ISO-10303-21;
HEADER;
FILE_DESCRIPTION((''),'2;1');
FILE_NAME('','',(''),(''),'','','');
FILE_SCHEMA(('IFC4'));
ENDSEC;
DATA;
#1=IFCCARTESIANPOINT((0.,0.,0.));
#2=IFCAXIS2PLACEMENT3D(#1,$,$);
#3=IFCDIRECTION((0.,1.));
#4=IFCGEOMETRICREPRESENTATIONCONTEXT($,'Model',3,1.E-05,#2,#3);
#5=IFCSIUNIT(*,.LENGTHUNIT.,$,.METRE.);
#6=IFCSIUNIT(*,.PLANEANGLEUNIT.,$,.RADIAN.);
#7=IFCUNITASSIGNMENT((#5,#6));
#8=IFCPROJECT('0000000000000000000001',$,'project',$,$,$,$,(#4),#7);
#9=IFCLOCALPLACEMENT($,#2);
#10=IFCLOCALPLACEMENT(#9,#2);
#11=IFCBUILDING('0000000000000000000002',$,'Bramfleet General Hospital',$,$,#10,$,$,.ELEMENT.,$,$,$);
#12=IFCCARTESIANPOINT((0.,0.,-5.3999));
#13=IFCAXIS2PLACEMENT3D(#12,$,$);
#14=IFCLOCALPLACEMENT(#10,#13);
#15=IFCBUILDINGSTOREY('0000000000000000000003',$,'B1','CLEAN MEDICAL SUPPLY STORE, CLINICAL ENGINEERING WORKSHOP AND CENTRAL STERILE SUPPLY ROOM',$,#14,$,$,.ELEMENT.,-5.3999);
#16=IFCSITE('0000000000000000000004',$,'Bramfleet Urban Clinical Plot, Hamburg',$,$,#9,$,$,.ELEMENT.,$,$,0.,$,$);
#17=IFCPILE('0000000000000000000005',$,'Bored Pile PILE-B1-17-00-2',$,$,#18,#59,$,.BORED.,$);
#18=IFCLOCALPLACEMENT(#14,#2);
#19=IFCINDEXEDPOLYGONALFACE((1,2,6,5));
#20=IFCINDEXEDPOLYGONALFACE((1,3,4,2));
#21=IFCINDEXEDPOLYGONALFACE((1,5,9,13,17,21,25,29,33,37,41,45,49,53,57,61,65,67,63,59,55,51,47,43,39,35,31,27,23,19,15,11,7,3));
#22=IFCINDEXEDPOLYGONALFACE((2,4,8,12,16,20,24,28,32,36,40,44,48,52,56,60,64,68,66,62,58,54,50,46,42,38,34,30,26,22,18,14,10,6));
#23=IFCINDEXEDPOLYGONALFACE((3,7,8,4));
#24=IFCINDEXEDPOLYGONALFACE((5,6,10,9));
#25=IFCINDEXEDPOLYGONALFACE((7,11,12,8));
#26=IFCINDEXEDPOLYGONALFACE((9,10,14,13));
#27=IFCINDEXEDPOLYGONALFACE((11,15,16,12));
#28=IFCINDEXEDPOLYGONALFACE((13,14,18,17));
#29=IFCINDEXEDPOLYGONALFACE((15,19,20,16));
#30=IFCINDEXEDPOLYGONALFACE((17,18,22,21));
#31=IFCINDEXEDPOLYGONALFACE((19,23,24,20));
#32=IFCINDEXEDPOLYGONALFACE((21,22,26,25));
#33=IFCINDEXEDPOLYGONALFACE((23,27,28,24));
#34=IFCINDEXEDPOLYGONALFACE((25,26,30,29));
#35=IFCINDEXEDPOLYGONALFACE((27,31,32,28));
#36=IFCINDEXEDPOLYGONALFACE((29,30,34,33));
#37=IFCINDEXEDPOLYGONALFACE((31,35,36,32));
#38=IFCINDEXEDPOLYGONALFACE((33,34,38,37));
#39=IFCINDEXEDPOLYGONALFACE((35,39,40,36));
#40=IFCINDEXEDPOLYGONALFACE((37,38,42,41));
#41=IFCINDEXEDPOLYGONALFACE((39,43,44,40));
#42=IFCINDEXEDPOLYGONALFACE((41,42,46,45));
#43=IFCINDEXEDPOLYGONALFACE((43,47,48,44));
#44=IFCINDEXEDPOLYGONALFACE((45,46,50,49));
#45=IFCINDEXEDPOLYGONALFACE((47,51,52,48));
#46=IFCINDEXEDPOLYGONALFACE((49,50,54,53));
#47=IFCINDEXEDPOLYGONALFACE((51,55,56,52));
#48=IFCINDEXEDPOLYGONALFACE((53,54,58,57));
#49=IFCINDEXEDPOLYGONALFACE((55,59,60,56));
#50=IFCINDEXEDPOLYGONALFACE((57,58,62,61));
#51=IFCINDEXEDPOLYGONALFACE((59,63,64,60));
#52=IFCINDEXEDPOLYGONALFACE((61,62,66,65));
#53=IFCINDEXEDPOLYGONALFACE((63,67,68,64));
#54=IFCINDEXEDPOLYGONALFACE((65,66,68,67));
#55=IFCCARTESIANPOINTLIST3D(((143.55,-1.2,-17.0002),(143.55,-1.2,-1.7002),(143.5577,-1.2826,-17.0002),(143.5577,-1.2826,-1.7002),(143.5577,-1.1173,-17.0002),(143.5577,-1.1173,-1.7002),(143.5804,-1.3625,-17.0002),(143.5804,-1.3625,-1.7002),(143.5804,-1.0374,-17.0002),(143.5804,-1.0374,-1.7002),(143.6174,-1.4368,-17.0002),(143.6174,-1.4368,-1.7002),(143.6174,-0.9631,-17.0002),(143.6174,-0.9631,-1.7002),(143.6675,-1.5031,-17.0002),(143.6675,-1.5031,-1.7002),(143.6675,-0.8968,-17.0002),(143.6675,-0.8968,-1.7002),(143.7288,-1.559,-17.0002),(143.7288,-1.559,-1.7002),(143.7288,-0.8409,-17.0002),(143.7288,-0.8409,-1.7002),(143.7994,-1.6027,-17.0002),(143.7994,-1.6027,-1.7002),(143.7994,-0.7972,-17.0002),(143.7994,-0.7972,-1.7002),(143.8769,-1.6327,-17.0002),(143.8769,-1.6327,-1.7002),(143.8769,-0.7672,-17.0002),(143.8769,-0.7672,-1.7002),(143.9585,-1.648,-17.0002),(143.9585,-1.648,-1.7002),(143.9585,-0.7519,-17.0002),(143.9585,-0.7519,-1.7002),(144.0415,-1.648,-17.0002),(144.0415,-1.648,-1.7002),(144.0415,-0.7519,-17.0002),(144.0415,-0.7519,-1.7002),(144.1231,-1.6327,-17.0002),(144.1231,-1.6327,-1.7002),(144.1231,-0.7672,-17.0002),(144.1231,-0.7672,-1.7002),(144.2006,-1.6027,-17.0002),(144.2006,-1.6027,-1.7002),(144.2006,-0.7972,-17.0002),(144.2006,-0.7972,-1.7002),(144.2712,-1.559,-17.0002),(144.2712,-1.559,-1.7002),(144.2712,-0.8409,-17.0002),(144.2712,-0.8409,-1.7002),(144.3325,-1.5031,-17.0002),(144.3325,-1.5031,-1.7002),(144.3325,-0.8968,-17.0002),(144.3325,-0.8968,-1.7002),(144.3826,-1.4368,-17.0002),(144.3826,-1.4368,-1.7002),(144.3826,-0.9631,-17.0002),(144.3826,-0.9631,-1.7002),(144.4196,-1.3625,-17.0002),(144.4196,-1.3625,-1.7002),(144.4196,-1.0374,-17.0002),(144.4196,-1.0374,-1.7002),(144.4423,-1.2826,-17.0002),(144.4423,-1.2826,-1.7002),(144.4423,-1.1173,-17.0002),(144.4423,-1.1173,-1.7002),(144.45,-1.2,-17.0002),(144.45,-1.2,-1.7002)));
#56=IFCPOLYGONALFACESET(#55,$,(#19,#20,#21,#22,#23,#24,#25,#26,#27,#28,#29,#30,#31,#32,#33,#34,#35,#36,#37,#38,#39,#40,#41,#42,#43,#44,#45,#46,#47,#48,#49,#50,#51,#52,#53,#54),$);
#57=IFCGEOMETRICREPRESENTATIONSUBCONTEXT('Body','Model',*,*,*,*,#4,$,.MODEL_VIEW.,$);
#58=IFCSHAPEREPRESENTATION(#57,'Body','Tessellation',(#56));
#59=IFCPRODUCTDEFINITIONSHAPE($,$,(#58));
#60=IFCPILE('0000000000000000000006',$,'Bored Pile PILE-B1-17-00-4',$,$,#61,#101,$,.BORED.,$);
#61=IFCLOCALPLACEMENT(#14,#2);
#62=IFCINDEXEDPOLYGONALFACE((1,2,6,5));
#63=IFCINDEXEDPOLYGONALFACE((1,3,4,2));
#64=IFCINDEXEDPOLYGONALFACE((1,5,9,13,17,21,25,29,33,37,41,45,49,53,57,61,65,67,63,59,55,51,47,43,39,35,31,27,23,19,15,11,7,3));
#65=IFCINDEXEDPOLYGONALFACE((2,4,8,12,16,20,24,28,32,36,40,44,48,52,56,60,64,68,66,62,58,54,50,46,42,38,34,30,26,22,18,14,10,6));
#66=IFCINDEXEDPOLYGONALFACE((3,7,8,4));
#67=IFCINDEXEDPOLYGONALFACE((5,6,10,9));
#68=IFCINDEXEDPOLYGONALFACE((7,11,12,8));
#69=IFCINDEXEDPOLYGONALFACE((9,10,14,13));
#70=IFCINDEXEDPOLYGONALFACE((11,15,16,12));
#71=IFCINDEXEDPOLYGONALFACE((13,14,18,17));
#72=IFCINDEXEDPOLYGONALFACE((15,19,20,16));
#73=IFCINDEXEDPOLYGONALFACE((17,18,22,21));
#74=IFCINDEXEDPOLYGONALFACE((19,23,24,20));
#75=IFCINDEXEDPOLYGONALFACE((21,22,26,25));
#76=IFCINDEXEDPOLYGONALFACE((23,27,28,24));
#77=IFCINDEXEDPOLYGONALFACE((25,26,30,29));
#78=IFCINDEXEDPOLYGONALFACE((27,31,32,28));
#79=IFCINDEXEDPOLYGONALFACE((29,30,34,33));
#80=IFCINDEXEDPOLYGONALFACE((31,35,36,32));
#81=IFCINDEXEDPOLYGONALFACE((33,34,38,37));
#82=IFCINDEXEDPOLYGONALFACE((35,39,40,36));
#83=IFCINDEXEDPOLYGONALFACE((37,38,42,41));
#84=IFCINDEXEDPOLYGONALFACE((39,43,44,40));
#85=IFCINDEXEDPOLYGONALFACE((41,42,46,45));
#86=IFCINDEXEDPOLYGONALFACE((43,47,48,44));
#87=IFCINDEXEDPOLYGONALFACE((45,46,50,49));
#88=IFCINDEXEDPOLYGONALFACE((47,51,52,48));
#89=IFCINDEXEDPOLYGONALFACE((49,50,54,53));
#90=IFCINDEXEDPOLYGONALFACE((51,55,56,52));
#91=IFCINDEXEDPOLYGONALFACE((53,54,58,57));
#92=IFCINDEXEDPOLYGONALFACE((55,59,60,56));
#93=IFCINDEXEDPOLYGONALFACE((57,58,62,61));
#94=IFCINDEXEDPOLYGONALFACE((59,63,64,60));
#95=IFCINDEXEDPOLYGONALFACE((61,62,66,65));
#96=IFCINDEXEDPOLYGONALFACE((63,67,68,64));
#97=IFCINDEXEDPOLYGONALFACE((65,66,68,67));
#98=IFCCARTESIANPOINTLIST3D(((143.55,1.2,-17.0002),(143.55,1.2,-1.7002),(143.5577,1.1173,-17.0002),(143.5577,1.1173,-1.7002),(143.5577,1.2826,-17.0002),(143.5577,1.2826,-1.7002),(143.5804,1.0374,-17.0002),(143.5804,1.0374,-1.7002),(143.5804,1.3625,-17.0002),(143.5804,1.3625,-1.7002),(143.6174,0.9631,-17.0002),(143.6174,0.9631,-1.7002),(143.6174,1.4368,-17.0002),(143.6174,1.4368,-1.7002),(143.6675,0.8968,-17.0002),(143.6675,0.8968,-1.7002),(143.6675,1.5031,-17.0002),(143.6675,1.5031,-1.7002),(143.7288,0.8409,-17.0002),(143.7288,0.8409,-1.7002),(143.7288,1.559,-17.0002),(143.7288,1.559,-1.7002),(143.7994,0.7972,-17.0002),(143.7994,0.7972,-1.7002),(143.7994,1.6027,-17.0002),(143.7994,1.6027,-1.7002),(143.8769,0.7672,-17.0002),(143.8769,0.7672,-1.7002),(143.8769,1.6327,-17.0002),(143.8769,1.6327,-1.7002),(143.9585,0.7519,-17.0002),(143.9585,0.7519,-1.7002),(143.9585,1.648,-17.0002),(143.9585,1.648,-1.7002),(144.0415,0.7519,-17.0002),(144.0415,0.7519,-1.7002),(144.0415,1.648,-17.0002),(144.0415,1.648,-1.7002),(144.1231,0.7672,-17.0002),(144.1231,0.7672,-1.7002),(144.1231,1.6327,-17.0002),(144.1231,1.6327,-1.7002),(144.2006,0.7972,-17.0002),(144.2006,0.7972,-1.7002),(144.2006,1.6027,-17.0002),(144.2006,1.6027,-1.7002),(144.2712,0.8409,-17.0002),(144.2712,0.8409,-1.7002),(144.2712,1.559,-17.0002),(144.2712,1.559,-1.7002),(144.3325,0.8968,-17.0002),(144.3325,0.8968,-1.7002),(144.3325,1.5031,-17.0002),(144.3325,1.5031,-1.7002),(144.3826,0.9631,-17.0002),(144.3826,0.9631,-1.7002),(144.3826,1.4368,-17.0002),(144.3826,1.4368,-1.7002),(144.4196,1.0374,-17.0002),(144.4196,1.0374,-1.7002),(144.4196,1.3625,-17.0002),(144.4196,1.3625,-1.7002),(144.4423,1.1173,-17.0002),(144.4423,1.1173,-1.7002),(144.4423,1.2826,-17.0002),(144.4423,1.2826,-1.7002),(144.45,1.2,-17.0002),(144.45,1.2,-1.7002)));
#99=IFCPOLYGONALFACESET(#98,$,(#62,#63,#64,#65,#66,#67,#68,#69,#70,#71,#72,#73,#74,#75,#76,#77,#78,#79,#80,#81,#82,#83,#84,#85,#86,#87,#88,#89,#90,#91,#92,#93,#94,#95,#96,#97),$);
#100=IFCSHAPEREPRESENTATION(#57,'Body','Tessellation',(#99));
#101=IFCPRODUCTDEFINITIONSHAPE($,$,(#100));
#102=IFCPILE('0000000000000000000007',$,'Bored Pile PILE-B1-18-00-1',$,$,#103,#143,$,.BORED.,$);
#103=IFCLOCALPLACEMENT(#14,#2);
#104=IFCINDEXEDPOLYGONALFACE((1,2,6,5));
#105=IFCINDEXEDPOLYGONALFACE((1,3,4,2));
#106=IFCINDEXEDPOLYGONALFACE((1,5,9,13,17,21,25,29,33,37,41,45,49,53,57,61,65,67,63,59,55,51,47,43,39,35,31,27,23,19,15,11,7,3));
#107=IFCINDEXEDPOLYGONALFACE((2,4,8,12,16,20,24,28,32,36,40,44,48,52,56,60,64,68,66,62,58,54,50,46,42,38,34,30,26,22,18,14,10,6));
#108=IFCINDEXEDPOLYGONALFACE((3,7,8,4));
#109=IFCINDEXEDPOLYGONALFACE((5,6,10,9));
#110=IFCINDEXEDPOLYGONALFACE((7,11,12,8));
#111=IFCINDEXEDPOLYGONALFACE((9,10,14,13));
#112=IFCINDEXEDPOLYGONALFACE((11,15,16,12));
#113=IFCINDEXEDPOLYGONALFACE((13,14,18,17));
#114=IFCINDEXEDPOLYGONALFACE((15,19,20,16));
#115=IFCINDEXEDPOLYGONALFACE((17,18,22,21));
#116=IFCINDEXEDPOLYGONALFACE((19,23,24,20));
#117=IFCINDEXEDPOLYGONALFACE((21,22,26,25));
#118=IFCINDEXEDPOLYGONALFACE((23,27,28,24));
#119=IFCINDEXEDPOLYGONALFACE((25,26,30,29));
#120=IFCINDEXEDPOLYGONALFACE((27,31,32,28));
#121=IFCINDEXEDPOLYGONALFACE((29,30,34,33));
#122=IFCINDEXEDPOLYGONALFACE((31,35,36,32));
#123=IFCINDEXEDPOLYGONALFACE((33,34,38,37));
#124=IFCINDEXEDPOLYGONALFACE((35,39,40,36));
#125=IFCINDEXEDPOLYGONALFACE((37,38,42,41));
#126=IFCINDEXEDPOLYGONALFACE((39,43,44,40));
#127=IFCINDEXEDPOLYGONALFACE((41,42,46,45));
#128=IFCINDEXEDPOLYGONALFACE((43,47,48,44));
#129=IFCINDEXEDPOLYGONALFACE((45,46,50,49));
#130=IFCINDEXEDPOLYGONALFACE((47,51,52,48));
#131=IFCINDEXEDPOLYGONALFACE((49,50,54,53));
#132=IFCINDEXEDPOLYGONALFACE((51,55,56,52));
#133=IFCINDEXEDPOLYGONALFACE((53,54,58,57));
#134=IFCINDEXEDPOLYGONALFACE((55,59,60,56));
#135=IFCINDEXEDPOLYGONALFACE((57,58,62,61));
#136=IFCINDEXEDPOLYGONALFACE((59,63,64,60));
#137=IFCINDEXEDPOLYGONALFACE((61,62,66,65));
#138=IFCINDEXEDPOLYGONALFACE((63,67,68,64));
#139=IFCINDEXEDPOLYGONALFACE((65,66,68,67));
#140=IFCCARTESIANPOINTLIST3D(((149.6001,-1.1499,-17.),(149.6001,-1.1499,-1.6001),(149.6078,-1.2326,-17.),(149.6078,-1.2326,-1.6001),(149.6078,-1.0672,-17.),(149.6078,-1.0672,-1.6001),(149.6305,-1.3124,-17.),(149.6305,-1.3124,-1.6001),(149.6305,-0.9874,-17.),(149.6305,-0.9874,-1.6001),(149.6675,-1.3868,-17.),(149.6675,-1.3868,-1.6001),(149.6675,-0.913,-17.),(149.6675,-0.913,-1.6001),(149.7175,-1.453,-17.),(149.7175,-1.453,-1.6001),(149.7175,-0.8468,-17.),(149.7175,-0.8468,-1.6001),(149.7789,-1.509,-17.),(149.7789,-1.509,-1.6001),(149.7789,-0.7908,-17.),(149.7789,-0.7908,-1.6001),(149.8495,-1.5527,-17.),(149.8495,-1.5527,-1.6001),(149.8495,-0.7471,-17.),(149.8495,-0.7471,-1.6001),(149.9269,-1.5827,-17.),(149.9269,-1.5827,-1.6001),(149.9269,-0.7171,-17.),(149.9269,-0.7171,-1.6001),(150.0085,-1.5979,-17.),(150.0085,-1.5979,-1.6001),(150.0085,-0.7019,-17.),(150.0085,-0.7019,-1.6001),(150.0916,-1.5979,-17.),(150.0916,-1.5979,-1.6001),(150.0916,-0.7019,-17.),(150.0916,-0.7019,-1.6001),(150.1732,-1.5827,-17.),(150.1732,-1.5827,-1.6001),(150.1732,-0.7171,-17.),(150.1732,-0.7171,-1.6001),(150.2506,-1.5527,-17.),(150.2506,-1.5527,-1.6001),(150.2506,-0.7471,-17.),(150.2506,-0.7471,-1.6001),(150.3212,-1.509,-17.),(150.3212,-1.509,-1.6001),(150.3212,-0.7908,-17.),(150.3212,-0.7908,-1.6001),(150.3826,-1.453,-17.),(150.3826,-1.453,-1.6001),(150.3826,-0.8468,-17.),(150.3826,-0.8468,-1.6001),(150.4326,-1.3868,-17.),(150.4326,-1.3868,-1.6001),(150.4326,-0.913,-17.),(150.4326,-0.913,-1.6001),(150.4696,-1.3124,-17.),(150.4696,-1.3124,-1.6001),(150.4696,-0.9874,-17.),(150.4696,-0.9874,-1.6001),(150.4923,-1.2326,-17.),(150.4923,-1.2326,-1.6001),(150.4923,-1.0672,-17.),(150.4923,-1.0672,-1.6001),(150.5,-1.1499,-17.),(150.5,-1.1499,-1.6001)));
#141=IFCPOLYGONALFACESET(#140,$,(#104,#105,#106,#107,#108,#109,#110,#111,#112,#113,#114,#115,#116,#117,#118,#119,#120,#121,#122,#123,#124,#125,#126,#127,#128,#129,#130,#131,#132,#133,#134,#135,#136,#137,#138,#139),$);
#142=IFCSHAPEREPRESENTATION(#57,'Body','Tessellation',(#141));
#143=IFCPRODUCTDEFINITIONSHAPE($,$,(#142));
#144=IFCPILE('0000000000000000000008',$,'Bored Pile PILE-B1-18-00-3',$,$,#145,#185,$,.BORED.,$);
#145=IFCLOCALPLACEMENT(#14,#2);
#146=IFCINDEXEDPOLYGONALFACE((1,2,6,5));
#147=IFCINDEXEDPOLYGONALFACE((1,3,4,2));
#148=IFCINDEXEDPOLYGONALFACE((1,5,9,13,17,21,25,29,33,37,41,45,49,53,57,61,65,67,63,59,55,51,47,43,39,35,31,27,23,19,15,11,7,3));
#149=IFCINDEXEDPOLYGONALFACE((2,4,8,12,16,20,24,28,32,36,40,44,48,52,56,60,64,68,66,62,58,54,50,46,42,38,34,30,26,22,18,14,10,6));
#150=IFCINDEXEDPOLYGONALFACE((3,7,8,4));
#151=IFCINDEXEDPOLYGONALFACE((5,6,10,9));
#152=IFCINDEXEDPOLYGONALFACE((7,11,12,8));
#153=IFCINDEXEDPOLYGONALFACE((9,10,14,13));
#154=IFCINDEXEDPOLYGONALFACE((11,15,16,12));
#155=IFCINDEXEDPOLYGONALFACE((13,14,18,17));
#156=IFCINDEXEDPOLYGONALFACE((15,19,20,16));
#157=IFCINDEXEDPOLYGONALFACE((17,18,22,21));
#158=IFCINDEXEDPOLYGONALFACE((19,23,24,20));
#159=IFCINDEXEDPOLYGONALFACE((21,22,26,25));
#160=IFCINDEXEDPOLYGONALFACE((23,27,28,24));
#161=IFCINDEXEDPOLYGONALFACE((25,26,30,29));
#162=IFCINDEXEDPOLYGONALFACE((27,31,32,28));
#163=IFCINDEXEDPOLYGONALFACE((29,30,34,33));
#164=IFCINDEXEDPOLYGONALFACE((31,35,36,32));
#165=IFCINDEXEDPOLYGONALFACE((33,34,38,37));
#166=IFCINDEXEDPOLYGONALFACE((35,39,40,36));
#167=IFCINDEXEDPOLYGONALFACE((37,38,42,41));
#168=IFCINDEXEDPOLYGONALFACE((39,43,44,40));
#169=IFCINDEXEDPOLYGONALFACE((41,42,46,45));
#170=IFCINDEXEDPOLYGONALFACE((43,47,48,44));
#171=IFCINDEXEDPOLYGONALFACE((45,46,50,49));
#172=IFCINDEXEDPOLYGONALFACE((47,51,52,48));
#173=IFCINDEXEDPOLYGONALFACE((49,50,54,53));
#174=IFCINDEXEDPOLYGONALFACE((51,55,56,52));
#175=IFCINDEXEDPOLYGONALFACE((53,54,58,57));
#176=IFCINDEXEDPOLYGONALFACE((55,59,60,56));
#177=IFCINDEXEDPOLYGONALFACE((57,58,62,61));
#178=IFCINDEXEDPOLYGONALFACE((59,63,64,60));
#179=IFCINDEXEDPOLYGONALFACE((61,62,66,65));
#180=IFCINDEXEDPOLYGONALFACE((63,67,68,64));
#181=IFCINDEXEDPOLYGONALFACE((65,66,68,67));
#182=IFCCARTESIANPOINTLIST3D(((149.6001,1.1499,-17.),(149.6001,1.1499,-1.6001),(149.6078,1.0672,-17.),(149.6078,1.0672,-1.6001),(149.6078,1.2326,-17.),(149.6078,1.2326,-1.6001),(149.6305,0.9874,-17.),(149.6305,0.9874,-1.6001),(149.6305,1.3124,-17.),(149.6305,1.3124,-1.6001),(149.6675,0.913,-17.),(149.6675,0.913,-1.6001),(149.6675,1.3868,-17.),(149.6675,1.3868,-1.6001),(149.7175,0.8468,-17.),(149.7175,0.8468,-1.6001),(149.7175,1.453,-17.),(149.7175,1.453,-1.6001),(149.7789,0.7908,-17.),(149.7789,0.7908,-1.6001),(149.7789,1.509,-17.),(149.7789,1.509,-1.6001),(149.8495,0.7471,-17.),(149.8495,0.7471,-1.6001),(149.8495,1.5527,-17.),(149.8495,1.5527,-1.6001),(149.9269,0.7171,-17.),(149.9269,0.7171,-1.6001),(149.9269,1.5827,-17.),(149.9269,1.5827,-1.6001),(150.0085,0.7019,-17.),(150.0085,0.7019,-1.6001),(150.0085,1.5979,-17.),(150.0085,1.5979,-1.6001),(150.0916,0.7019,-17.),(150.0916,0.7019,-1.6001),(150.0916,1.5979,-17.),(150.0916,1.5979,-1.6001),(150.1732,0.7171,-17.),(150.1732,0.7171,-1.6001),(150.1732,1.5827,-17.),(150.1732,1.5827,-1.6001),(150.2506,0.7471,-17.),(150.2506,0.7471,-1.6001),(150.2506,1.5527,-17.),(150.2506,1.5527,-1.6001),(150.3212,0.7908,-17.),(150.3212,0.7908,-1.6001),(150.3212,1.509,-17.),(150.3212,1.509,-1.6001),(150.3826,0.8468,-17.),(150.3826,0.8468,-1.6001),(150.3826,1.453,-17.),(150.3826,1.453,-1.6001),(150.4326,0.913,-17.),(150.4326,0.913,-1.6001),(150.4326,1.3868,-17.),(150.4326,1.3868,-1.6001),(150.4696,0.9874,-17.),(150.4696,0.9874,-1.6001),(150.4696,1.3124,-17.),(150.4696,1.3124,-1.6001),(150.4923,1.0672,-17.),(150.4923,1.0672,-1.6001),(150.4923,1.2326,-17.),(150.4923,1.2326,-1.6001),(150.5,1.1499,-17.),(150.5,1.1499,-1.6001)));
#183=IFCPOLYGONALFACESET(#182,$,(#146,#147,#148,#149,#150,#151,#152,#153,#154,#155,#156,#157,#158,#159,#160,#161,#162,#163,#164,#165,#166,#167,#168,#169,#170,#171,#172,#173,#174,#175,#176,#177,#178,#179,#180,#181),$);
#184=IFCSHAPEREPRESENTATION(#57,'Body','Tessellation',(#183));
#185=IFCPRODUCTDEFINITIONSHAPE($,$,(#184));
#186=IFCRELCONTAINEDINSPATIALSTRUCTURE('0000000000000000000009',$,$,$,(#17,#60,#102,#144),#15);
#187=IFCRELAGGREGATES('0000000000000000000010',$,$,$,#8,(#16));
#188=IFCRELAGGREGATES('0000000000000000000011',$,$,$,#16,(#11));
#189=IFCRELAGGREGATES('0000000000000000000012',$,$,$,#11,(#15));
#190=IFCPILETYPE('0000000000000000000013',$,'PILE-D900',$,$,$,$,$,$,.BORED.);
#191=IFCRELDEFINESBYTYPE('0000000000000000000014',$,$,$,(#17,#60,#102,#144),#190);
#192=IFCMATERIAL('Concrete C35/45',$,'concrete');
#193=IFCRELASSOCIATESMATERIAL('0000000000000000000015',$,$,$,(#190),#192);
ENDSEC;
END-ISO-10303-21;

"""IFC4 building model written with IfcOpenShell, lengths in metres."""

from ifc_helpers import new_model, si_unit, direction, frame, origin, origin_2d, place, context, subcontext, project, spatial, circle, extrude, material, material_profile, profile_set, type_object, element, save


model = new_model("IFC4")

# Units and contexts
model_context = context("Model", 3, precision=1e-05, world=origin(), true_north=direction((0.0, 1.0)))
body_context = subcontext(model_context, "Body", "Model", "MODEL_VIEW")
ifc_project = project(units=[si_unit("LENGTHUNIT", "METRE"), si_unit("PLANEANGLEUNIT", "RADIAN")], contexts=[model_context])

# Site, building, storey
site_placement = place(None, origin())
site = spatial("IfcSite", under=ifc_project, at=site_placement, Name="Bramfleet Urban Clinical Plot, Hamburg", CompositionType="ELEMENT", RefElevation=0.0)
building_placement = place(site_placement, origin())
building = spatial("IfcBuilding", under=site, at=building_placement, Name="Bramfleet General Hospital", CompositionType="ELEMENT")
storey_placement = place(building_placement, frame((0.0, 0.0, -5.3999)))
storey = spatial("IfcBuildingStorey", under=building, at=storey_placement, Name="B1", Description="CLEAN MEDICAL SUPPLY STORE, CLINICAL ENGINEERING WORKSHOP AND CENTRAL STERILE SUPPLY ROOM", CompositionType="ELEMENT", Elevation=-5.3999)

# Shared definitions
ifc_material_1 = material(Name="Concrete C35/45", Category="concrete")

# Piles
ifc_material_profile_1 = material_profile(ifc_material_1, circle(Radius=0.45, at=origin_2d()), Name="PILE BORED D900")
ifc_profile_set_1 = profile_set([ifc_material_profile_1], Name="Concrete C35/45")
pile_type_1 = type_object("IfcPileType", Name="PILE-D900", PredefinedType="BORED", material=ifc_profile_set_1)
for number, where, z_axis, x_axis, name in (
    (1, (144.0, -1.2, -1.7002), (0.0, 0.0, -1.0), (1.0, 0.0, 0.0), "Bored Pile PILE-B1-17-00-2"),
    (2, (144.0, 1.2, -1.7002), (0.0, 0.0, -1.0), (1.0, 0.0, 0.0), "Bored Pile PILE-B1-17-00-4"),
):
    element("IfcPile", number, at=place(storey_placement, frame(where, z_axis=z_axis, x_axis=x_axis)), inside=storey, type_object=pile_type_1, Name=name, PredefinedType="BORED", context=body_context, shape_type="SweptSolid", body=[
        extrude(circle(Radius=0.45, at=origin_2d()), origin(), (0.0, 0.0, 1.0), 15.3),
    ])
for number, where, z_axis, x_axis, name in (
    (3, (150.05, -1.1499, -1.6001), (0.0, 0.0, -1.0), (1.0, 0.0, 0.0), "Bored Pile PILE-B1-18-00-1"),
    (4, (150.05, 1.1499, -1.6001), (0.0, 0.0, -1.0), (1.0, 0.0, 0.0), "Bored Pile PILE-B1-18-00-3"),
):
    element("IfcPile", number, at=place(storey_placement, frame(where, z_axis=z_axis, x_axis=x_axis)), inside=storey, type_object=pile_type_1, Name=name, PredefinedType="BORED", context=body_context, shape_type="SweptSolid", body=[
        extrude(circle(Radius=0.45, at=origin_2d()), origin(), (0.0, 0.0, 1.0), 15.3999),
    ])

save(model, "model.ifc")
